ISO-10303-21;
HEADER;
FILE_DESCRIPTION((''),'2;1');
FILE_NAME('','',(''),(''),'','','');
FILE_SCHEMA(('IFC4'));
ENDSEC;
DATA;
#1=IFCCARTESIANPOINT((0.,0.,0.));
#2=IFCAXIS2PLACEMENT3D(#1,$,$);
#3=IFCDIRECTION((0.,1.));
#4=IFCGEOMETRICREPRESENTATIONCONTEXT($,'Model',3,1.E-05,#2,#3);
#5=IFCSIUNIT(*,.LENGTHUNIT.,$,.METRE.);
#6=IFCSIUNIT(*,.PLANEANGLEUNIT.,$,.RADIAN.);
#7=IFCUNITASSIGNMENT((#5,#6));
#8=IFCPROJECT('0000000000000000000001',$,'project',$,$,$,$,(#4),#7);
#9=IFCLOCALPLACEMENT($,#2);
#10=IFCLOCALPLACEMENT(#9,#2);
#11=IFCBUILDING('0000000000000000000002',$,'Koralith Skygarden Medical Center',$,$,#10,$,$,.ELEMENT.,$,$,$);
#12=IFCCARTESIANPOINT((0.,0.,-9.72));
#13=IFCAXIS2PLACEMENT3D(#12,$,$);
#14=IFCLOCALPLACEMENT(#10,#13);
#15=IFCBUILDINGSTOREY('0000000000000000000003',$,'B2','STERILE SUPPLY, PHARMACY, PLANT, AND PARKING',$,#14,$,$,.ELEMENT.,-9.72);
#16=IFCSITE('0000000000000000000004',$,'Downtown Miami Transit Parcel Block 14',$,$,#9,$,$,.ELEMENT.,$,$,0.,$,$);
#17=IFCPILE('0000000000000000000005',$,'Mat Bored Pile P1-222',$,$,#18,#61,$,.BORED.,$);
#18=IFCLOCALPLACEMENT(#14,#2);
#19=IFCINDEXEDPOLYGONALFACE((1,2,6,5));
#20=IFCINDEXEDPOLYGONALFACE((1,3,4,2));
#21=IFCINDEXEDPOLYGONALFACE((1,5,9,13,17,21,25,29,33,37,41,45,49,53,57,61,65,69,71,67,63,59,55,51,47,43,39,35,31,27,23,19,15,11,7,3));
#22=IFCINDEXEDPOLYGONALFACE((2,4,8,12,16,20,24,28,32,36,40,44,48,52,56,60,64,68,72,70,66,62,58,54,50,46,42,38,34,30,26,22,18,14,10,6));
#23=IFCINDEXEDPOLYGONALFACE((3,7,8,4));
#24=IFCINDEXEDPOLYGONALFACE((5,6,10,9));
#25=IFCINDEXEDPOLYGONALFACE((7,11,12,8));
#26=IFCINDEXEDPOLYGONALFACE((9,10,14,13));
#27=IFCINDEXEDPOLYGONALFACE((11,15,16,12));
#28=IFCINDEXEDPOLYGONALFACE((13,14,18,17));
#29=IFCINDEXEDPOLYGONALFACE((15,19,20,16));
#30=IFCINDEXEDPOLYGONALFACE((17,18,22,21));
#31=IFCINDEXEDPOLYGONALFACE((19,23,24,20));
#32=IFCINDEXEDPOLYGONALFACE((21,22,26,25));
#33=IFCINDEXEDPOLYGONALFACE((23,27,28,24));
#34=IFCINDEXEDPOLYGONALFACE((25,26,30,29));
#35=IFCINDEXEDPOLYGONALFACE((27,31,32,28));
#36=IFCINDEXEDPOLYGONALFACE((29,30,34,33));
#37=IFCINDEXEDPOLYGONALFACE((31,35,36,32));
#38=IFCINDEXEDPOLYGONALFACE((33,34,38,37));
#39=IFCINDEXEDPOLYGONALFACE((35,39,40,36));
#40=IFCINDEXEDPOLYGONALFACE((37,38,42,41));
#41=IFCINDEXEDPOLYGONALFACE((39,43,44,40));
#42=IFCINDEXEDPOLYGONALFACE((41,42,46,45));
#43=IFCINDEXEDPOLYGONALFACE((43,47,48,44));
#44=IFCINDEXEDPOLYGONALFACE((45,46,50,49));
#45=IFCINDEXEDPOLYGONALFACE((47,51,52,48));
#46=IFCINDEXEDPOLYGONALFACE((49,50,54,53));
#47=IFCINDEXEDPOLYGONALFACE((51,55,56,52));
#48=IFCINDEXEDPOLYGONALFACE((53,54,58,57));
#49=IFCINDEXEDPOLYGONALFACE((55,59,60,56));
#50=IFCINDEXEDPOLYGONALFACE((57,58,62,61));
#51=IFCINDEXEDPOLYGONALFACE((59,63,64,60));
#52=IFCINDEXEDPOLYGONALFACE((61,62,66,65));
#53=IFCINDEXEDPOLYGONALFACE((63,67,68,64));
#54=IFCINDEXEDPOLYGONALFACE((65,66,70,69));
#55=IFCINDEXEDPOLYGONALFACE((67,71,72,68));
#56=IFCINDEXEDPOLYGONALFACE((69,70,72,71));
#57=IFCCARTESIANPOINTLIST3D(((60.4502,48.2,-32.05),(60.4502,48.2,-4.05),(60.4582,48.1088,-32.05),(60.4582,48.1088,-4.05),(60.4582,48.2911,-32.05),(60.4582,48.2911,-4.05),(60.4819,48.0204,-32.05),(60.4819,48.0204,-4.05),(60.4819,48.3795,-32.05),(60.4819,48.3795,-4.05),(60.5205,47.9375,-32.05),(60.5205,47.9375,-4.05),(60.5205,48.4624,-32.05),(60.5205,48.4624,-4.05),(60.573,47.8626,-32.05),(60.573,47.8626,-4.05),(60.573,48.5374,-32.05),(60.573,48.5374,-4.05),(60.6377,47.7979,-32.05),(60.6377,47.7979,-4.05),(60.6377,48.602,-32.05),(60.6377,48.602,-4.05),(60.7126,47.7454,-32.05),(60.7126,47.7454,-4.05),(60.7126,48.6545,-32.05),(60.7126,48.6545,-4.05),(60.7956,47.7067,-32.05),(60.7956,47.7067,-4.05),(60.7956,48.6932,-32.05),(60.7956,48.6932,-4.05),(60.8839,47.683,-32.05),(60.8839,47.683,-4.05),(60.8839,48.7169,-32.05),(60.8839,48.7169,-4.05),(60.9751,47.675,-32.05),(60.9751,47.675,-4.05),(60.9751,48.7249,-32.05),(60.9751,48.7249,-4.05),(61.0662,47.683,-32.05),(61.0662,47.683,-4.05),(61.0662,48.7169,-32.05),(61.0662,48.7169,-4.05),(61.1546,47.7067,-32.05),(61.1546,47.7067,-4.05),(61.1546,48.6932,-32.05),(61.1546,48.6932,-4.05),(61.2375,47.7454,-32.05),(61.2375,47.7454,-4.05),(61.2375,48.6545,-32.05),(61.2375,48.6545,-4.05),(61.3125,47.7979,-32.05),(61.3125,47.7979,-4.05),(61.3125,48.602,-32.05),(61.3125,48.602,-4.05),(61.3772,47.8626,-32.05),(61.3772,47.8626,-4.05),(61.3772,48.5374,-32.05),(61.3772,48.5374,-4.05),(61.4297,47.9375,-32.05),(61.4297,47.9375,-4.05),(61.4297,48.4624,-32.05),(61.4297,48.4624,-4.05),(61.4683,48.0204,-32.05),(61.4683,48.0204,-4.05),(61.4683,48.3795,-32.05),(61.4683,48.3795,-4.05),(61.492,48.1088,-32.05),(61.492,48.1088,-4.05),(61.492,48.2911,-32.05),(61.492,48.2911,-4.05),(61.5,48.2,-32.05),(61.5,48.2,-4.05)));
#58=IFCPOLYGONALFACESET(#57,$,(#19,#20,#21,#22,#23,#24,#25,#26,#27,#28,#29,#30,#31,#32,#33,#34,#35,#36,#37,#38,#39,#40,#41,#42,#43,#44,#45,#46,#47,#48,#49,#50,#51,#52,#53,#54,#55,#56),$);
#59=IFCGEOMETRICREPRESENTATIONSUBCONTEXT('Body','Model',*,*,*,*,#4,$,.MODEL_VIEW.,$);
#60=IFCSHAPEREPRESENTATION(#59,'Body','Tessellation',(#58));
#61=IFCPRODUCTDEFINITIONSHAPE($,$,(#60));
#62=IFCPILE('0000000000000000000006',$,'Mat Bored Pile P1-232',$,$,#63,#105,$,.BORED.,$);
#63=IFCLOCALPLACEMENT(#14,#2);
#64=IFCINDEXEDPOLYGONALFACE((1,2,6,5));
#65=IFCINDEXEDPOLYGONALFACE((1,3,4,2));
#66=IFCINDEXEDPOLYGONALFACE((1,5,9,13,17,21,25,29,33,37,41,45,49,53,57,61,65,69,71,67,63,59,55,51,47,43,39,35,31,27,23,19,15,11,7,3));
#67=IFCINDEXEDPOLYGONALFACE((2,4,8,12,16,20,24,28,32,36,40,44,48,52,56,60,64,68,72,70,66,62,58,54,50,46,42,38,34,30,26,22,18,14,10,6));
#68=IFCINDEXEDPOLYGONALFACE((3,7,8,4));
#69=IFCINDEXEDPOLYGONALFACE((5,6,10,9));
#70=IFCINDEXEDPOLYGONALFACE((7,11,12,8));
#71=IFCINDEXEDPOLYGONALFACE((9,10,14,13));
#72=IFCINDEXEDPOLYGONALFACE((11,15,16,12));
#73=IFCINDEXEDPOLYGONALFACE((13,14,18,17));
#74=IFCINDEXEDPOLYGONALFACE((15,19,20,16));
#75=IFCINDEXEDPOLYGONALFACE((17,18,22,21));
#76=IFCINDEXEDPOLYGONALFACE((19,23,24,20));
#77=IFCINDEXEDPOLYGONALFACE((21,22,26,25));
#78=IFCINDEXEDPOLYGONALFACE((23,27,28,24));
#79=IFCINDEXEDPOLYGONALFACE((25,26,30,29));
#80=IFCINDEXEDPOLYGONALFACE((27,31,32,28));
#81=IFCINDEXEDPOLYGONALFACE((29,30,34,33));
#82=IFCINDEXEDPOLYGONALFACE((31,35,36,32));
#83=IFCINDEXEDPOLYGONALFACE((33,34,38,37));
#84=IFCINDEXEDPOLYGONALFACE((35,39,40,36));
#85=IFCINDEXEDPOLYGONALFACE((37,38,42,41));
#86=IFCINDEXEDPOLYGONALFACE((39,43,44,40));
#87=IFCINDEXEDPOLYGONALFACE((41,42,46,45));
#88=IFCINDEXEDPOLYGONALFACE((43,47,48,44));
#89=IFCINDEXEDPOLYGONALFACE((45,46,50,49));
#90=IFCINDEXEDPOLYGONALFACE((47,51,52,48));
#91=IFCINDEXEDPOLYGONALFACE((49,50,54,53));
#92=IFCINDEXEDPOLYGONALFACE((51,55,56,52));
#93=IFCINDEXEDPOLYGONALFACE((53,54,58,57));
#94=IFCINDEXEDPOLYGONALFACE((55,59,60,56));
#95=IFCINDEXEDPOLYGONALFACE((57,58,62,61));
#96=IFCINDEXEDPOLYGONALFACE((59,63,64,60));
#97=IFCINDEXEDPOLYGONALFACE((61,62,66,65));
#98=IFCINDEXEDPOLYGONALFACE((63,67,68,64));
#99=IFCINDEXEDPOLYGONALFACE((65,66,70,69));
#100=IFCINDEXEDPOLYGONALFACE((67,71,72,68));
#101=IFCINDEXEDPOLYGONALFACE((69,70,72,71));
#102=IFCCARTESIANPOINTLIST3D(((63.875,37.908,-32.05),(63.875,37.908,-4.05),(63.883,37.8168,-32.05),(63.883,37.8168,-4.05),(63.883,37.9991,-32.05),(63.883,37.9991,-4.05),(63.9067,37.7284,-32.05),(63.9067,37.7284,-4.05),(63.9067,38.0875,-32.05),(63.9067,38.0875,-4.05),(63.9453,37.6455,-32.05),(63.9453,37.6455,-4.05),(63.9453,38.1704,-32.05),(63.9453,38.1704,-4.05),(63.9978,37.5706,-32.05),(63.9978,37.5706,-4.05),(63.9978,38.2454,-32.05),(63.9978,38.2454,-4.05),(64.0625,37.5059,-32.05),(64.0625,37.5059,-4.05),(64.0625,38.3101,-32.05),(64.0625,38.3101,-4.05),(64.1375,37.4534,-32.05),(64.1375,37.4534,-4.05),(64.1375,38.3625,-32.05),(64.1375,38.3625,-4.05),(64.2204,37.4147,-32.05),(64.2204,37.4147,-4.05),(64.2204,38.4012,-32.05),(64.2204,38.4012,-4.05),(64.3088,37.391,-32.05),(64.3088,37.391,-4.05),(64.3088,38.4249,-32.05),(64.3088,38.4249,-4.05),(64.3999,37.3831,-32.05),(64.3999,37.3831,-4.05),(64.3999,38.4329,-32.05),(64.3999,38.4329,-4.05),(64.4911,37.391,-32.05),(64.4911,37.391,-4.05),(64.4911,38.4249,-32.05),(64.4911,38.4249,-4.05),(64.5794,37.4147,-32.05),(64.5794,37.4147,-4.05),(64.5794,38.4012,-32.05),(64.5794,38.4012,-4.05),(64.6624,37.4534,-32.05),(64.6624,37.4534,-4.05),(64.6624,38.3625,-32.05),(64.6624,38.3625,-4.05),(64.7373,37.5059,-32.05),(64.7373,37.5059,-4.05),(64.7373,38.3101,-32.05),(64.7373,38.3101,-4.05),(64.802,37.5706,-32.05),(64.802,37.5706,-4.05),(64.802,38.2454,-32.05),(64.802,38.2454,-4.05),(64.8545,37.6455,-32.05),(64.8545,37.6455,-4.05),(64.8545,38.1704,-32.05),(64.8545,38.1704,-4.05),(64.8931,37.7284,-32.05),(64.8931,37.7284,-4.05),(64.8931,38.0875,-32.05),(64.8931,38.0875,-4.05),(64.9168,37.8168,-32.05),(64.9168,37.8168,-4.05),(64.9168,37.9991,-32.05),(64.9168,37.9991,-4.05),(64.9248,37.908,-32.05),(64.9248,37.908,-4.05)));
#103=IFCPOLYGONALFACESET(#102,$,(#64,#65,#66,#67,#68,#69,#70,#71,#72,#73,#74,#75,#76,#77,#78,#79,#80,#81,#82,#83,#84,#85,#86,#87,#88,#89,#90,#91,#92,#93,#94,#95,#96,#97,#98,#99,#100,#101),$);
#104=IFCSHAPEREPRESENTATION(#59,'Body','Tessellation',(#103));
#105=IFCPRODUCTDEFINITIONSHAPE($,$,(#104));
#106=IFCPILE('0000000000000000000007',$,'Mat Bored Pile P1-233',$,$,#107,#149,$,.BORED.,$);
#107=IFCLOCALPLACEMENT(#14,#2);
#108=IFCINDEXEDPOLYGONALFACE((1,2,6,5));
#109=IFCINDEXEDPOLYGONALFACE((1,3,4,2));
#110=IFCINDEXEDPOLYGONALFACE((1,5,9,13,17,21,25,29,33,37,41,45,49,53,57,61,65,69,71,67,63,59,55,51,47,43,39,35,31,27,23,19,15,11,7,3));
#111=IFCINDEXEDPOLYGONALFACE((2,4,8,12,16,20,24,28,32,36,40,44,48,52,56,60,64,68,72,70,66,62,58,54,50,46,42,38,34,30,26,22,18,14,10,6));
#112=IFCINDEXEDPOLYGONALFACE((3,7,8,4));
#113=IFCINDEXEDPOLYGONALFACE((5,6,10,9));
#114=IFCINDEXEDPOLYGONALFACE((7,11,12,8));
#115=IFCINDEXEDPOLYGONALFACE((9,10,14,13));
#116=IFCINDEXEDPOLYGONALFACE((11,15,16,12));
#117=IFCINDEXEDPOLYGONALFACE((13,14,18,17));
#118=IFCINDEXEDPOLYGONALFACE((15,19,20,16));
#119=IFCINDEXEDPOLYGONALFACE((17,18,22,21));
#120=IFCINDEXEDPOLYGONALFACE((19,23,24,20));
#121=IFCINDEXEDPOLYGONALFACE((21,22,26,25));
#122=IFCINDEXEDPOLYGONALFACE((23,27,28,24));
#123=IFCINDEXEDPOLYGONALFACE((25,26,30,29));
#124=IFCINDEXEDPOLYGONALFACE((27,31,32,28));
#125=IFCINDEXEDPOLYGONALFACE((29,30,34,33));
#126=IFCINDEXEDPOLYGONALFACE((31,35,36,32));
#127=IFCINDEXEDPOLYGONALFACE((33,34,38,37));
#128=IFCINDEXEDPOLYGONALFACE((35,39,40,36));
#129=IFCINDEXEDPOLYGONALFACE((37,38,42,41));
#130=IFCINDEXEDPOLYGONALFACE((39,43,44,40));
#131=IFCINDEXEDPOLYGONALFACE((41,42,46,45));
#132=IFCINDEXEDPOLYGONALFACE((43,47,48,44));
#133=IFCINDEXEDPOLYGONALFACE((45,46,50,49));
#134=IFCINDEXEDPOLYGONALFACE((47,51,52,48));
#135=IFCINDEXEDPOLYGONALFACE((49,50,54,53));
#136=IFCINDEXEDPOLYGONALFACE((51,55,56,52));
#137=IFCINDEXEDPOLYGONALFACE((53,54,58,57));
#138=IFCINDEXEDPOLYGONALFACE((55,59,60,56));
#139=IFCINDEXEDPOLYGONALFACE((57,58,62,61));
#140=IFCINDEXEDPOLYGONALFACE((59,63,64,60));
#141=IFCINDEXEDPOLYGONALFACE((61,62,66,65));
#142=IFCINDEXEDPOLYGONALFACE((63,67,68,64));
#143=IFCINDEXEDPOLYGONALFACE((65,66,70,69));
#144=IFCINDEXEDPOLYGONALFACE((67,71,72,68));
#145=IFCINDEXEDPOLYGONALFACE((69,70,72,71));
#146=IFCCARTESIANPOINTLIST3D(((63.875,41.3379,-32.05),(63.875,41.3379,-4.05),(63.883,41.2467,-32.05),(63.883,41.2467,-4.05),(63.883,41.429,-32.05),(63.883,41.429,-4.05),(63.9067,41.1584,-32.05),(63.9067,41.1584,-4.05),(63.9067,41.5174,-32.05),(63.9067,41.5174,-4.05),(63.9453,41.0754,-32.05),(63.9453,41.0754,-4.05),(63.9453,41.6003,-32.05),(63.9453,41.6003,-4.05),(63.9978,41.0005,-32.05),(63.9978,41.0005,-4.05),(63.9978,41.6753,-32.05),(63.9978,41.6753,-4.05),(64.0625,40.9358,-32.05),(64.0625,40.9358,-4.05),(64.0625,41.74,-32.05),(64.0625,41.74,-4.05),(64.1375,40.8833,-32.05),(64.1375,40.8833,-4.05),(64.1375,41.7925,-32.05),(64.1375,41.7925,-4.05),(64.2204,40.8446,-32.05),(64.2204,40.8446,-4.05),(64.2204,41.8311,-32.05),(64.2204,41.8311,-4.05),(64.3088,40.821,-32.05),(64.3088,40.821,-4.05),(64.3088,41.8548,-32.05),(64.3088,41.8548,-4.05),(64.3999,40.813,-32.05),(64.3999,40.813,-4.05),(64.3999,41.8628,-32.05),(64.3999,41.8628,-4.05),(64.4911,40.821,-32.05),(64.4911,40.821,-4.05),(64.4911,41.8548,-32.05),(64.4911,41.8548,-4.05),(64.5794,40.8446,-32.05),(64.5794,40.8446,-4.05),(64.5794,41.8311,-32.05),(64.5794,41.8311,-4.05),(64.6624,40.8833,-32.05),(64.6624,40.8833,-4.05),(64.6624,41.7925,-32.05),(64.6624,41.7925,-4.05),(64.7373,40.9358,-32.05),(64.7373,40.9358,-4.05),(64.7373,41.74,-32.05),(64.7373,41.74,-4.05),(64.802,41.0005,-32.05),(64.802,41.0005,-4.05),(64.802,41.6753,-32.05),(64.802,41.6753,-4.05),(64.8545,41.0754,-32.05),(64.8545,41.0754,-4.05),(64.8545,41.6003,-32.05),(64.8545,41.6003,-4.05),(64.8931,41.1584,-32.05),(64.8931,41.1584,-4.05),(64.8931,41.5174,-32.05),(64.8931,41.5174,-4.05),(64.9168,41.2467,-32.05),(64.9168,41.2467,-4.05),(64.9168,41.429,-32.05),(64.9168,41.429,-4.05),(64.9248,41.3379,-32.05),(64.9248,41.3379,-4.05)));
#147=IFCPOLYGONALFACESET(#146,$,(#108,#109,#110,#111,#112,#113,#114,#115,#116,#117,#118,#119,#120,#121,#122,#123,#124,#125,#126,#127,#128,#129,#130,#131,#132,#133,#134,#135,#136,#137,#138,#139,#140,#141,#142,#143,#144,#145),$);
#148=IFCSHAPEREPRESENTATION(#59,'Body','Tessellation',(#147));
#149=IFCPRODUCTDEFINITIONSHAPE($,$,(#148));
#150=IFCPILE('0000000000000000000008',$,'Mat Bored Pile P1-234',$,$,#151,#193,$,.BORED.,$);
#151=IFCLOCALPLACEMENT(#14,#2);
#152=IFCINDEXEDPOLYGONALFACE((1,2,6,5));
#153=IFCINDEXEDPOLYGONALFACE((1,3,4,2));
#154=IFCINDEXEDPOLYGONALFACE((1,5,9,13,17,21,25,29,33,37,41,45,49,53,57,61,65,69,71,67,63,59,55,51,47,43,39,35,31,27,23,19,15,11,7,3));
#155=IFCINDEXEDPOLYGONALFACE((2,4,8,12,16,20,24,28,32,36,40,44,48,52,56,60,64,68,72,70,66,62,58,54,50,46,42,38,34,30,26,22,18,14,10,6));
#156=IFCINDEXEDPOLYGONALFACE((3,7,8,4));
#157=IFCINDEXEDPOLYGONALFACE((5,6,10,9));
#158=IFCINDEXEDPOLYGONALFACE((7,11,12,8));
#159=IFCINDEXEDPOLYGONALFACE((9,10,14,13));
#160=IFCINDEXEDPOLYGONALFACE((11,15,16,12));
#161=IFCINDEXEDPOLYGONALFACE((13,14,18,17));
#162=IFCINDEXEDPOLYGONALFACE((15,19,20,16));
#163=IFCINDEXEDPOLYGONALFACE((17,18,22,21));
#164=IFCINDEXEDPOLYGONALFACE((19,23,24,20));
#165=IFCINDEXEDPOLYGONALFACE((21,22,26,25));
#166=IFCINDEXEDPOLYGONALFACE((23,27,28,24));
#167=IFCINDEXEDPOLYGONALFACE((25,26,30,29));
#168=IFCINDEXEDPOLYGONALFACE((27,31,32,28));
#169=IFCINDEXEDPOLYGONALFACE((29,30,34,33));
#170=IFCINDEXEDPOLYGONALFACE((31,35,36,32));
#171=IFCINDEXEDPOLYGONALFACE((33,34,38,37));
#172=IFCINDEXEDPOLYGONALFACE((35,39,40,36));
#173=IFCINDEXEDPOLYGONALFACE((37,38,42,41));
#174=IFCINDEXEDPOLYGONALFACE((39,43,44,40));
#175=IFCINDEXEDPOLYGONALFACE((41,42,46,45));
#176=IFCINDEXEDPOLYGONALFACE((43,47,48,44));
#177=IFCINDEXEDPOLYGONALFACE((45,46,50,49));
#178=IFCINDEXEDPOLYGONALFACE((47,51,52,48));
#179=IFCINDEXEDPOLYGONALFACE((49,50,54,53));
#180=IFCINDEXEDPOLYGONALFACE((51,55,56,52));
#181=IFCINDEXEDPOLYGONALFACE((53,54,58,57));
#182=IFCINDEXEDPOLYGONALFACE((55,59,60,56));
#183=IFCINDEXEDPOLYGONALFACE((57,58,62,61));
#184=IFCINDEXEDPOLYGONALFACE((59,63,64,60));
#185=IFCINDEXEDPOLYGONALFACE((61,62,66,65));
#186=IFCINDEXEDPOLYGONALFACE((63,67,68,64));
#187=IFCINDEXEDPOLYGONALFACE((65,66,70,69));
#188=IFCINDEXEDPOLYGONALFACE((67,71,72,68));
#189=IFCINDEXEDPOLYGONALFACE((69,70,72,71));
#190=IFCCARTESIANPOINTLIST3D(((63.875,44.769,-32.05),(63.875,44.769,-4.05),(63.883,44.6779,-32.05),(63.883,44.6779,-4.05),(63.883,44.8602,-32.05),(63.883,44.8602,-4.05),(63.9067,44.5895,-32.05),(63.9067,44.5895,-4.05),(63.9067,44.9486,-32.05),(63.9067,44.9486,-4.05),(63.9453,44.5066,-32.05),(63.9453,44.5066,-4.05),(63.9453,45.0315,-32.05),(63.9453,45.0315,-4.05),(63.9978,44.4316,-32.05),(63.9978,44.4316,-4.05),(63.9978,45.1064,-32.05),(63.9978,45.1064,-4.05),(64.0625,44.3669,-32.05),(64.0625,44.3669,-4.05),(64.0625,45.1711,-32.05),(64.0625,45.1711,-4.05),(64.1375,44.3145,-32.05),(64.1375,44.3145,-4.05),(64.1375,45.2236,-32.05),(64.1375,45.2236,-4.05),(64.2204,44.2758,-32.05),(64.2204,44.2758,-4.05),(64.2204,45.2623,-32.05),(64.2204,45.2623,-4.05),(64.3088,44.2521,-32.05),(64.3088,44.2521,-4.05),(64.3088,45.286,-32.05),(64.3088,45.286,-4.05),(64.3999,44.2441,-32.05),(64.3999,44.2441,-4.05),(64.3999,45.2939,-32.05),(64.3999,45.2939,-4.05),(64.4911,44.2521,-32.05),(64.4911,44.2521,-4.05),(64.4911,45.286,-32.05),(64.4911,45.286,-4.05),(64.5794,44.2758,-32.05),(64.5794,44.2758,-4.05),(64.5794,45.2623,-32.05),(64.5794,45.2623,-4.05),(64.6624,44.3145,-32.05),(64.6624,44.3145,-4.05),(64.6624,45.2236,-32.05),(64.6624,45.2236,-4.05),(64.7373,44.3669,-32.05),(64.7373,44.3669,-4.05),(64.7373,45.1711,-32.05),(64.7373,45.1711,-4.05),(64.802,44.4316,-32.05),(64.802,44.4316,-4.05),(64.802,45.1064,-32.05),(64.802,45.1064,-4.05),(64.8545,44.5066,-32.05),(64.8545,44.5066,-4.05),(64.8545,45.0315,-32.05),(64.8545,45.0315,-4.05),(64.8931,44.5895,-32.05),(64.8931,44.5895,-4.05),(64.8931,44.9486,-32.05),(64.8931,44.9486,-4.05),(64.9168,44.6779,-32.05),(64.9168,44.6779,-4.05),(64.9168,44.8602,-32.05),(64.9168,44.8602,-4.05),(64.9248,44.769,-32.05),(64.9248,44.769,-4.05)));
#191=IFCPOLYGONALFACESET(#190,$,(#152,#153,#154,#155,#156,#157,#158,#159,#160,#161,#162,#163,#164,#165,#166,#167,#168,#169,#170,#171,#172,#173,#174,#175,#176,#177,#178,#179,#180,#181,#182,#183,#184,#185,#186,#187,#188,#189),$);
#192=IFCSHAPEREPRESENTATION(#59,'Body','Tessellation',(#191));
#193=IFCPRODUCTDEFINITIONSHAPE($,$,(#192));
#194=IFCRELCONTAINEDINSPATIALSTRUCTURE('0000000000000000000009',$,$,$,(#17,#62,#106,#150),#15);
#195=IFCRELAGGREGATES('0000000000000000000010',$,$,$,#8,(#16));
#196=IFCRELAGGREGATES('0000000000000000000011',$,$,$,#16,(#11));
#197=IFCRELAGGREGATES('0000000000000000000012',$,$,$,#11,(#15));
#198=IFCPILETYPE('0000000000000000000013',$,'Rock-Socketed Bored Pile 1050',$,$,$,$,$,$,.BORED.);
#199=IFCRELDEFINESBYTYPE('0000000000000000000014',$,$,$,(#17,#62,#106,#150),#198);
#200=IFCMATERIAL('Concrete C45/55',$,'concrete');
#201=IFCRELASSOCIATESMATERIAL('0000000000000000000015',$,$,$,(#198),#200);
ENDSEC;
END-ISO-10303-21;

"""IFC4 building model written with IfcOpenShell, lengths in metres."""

from ifc_helpers import new_model, si_unit, direction, frame, origin, origin_2d, place, context, subcontext, project, spatial, circle, extrude, material, material_profile, profile_set, type_object, element, save


model = new_model("IFC4")

# Units and contexts
model_context = context("Model", 3, precision=1e-05, world=origin(), true_north=direction((0.0, 1.0)))
body_context = subcontext(model_context, "Body", "Model", "MODEL_VIEW")
ifc_project = project(units=[si_unit("LENGTHUNIT", "METRE"), si_unit("PLANEANGLEUNIT", "RADIAN")], contexts=[model_context])

# Site, building, storey
site_placement = place(None, origin())
site = spatial("IfcSite", under=ifc_project, at=site_placement, Name="Downtown Miami Transit Parcel Block 14", CompositionType="ELEMENT", RefElevation=0.0)
building_placement = place(site_placement, origin())
building = spatial("IfcBuilding", under=site, at=building_placement, Name="Koralith Skygarden Medical Center", CompositionType="ELEMENT")
storey_placement = place(building_placement, frame((0.0, 0.0, -9.72)))
storey = spatial("IfcBuildingStorey", under=building, at=storey_placement, Name="B2", Description="STERILE SUPPLY, PHARMACY, PLANT, AND PARKING", CompositionType="ELEMENT", Elevation=-9.72)

# Piles
ifc_material_1 = material(Name="Concrete C45/55", Category="concrete")
ifc_material_profile_1 = material_profile(ifc_material_1, circle(Radius=0.5249, at=origin_2d()), Name="PILE1050")
ifc_profile_set_1 = profile_set([ifc_material_profile_1], Name="Concrete C45/55")
pile_type = type_object("IfcPileType", Name="Rock-Socketed Bored Pile 1050", PredefinedType="BORED", material=ifc_profile_set_1)
for number, where, z_axis, x_axis, name in (
    (1, (60.9751, 48.2, -4.05), (0.0, 0.0, -1.0), (1.0, 0.0, 0.0), "Mat Bored Pile P1-222"),
    (2, (64.3999, 37.908, -4.05), (0.0, 0.0, -1.0), (1.0, 0.0, 0.0), "Mat Bored Pile P1-232"),
    (3, (64.3999, 41.3379, -4.05), (0.0, 0.0, -1.0), (1.0, 0.0, 0.0), "Mat Bored Pile P1-233"),
    (4, (64.3999, 44.769, -4.05), (0.0, 0.0, -1.0), (1.0, 0.0, 0.0), "Mat Bored Pile P1-234"),
):
    element("IfcPile", number, at=place(storey_placement, frame(where, z_axis=z_axis, x_axis=x_axis)), inside=storey, type_object=pile_type, Name=name, PredefinedType="BORED", context=body_context, shape_type="SweptSolid", body=[
        extrude(circle(Radius=0.5249, at=origin_2d()), origin(), (0.0, 0.0, 1.0), 28.0),
    ])

save(model, "model.ifc")
